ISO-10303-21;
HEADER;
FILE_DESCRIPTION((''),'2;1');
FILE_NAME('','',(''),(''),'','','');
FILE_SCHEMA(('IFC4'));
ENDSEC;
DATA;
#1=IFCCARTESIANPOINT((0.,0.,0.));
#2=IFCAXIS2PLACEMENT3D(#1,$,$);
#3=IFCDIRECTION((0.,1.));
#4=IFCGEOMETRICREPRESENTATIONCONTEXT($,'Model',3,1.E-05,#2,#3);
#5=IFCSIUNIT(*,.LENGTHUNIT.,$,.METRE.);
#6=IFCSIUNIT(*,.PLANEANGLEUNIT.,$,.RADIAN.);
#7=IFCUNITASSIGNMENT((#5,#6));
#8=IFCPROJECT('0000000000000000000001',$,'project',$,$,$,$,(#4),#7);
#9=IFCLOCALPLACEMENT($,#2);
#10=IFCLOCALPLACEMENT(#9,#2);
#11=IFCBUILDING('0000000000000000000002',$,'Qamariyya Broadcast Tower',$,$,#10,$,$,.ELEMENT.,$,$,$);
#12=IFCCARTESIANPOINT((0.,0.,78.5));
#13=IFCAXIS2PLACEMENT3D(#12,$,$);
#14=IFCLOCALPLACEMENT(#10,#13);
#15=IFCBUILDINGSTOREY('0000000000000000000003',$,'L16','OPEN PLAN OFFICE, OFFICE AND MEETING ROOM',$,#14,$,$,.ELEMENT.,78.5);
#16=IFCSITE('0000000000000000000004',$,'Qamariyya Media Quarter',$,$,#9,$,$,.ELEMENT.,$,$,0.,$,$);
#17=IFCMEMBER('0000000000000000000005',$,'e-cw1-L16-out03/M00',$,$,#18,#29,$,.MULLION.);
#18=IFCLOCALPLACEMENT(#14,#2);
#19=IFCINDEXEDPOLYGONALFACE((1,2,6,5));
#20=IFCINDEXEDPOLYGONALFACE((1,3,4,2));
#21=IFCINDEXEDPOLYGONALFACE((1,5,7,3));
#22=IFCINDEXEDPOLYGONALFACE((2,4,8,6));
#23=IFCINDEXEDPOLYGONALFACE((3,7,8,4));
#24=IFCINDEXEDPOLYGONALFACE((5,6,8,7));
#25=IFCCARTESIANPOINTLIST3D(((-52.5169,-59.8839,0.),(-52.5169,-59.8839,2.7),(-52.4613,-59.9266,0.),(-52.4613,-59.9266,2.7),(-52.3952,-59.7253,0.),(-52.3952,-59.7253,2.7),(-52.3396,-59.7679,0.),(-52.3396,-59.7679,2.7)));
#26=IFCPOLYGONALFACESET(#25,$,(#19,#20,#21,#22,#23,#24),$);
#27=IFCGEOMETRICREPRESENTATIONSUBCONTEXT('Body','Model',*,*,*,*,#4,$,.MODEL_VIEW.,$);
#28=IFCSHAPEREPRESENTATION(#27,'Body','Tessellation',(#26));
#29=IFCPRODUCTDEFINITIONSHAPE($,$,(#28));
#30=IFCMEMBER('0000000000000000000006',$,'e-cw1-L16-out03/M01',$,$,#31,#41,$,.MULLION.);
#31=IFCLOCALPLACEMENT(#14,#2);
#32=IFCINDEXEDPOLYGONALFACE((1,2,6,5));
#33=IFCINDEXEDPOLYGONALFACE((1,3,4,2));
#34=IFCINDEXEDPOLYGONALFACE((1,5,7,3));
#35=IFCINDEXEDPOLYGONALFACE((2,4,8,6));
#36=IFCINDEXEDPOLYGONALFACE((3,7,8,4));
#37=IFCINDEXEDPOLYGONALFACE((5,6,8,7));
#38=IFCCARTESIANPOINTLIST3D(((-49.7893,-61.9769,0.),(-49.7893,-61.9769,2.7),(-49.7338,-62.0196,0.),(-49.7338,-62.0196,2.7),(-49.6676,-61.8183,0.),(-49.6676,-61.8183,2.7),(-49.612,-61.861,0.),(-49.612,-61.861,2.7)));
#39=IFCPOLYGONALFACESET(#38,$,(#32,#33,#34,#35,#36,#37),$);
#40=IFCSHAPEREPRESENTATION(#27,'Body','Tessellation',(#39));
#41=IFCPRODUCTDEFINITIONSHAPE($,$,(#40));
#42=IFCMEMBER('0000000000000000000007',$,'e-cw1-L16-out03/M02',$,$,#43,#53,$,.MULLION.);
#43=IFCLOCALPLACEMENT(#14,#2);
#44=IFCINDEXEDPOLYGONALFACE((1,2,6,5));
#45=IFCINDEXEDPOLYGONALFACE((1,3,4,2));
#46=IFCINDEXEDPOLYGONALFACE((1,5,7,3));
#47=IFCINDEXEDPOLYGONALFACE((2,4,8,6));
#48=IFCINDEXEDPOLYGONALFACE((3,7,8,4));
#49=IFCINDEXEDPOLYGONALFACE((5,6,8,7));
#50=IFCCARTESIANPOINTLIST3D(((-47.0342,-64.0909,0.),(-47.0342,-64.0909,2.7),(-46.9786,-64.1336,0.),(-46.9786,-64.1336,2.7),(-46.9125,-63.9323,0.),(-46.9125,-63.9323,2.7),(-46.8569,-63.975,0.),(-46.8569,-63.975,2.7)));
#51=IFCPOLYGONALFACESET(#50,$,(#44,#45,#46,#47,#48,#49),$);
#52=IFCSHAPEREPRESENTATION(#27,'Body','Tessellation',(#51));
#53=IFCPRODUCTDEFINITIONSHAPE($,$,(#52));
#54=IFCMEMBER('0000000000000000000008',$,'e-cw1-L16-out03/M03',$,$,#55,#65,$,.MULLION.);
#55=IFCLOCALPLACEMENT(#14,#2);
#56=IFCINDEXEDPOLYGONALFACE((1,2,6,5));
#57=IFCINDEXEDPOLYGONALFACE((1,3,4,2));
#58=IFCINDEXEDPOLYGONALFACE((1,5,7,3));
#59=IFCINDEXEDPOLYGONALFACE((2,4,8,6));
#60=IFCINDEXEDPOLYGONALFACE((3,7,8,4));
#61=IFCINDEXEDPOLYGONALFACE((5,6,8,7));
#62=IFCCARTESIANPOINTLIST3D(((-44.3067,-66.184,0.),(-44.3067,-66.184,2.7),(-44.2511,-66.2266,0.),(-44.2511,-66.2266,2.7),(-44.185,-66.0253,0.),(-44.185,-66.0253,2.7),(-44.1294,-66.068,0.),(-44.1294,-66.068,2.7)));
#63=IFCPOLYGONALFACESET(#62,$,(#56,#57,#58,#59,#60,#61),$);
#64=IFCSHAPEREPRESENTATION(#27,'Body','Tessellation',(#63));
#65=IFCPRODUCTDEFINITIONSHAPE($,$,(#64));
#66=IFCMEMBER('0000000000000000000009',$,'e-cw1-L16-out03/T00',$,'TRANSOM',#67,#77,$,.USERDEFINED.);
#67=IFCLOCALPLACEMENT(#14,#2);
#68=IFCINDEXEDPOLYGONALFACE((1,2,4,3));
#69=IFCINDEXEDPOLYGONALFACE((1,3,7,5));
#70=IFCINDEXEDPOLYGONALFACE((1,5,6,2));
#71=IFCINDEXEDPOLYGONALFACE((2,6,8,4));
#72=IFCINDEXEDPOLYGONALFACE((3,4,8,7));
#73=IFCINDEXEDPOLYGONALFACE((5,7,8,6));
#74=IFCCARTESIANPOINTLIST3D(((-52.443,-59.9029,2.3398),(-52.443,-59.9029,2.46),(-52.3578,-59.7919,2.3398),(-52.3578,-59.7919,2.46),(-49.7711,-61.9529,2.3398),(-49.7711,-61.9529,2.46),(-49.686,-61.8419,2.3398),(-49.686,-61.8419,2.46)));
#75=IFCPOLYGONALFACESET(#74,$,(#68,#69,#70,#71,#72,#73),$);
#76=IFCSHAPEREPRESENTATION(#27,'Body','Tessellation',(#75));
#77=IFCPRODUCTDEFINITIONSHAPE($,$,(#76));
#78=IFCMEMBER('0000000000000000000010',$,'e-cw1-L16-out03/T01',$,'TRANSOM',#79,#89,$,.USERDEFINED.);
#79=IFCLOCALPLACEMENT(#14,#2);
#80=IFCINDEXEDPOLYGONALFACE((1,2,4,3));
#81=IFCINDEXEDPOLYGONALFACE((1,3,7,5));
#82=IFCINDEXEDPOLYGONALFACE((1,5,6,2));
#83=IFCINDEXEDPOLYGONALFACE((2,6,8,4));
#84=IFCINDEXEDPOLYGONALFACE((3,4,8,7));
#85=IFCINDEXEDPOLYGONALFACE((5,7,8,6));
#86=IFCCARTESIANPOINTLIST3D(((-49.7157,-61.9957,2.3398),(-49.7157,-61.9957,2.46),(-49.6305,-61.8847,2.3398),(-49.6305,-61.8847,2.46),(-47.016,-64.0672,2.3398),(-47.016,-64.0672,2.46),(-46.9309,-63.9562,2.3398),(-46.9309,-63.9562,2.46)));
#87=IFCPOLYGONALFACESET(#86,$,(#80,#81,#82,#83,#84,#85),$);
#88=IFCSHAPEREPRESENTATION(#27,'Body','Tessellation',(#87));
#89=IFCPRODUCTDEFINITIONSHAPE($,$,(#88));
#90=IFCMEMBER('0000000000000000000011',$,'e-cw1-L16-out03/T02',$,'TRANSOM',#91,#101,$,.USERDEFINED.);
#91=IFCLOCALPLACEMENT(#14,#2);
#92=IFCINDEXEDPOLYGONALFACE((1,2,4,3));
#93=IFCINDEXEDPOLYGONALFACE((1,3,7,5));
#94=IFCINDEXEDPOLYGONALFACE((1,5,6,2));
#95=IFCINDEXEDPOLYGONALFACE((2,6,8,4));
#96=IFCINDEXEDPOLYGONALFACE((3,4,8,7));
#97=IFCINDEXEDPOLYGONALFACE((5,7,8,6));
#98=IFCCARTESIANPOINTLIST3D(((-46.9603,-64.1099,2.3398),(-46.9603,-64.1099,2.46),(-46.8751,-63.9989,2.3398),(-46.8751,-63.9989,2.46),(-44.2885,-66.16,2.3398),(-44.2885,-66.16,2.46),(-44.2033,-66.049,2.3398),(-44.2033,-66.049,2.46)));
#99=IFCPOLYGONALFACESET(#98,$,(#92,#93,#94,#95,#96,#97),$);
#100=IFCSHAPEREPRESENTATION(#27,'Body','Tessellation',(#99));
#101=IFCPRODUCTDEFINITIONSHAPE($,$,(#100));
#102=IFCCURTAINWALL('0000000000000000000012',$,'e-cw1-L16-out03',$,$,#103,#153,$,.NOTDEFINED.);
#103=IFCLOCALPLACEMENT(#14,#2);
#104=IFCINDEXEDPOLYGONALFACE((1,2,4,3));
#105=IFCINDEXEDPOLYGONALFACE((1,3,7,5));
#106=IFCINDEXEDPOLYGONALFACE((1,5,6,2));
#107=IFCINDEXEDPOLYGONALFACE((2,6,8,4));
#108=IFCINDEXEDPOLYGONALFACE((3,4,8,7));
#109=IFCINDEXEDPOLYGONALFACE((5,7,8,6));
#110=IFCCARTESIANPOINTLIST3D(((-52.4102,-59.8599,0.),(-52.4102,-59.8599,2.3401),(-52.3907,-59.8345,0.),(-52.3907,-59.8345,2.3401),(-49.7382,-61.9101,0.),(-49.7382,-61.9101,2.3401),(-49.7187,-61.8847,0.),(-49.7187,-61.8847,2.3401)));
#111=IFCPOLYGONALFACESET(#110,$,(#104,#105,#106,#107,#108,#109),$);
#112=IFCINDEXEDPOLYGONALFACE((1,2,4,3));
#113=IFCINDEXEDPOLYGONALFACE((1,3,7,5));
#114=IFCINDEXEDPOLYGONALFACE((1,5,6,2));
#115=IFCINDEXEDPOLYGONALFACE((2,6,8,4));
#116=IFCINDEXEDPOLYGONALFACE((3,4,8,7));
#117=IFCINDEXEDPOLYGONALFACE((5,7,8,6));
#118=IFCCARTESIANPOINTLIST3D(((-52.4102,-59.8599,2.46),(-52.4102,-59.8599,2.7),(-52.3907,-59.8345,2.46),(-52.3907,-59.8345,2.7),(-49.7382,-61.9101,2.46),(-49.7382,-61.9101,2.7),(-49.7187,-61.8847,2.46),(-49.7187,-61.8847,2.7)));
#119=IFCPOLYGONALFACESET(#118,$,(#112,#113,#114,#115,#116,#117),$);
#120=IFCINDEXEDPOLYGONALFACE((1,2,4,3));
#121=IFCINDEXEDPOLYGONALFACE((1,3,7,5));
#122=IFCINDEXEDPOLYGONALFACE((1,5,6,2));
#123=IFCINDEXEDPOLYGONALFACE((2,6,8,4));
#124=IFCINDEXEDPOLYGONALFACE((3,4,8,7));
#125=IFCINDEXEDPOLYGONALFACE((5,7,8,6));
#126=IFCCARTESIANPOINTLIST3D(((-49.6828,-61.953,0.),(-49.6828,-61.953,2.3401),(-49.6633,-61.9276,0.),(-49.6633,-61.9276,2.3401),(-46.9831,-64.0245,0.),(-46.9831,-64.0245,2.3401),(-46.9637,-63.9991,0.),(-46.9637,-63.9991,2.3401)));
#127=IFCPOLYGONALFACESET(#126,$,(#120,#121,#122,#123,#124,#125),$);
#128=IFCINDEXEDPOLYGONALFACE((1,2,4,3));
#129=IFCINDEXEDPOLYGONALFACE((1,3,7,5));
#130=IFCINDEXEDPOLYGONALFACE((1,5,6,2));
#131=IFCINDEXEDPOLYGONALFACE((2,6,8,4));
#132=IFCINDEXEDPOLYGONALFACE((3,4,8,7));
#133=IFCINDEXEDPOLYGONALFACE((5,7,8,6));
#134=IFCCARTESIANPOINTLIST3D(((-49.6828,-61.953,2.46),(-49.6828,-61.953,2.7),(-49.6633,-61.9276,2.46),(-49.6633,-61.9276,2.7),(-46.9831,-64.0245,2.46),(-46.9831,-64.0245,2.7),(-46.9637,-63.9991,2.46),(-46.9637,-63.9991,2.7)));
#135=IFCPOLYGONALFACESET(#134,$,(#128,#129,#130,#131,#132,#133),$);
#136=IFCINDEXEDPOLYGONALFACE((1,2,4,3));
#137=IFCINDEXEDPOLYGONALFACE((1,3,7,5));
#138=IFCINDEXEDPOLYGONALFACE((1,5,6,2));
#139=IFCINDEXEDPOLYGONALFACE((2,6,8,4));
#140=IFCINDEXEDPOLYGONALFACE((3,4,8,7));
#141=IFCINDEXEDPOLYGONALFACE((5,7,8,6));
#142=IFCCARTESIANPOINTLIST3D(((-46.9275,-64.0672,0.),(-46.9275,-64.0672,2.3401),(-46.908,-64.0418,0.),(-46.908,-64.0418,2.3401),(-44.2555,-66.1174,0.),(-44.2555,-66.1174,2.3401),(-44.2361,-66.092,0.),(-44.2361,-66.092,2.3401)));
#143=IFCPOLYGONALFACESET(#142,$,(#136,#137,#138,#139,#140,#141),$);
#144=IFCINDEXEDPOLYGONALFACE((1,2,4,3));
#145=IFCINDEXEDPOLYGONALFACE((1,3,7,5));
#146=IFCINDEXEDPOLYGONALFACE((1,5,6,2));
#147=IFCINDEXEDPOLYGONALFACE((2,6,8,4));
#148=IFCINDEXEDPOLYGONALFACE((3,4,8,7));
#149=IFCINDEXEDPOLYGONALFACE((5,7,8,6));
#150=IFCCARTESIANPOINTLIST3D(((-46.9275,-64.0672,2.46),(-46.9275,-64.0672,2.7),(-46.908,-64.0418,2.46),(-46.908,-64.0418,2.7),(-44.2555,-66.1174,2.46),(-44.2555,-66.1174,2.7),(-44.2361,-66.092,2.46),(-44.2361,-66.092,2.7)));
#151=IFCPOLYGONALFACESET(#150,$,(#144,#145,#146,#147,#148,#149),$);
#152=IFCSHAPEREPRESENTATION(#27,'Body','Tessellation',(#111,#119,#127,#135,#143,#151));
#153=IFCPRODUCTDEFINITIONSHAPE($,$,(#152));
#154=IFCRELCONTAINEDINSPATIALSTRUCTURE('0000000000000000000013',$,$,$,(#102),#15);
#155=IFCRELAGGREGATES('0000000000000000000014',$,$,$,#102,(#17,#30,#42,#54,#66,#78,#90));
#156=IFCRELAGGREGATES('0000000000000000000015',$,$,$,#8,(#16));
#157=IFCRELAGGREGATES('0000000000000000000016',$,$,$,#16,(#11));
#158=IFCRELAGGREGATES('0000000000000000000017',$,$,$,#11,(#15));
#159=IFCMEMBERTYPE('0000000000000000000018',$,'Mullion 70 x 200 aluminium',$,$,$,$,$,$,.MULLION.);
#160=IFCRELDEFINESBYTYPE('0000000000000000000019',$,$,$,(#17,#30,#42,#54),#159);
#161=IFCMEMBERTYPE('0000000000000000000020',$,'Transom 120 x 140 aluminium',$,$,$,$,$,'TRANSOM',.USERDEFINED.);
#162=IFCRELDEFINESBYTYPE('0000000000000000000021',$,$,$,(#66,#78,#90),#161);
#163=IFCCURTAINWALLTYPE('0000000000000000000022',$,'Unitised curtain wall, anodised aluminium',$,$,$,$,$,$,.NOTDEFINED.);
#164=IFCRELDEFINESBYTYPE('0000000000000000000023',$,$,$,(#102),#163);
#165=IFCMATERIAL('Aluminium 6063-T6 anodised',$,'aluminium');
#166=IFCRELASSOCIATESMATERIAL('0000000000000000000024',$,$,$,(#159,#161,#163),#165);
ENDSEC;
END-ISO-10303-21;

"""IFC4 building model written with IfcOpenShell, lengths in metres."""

from ifc_helpers import new_model, si_unit, direction, frame, origin, origin_2d, place, context, subcontext, project, spatial, rectangle, extrude, material, material_profile, profile_set, type_object, element, aggregate, save


model = new_model("IFC4")

# Units and contexts
model_context = context("Model", 3, precision=1e-05, world=origin(), true_north=direction((0.0, 1.0)))
body_context = subcontext(model_context, "Body", "Model", "MODEL_VIEW")
ifc_project = project(units=[si_unit("LENGTHUNIT", "METRE"), si_unit("PLANEANGLEUNIT", "RADIAN")], contexts=[model_context])

# Members
ifc_material = material(Name="Aluminium 6063-T6 anodised", Category="aluminium")
ifc_material_profile_1 = material_profile(ifc_material, rectangle(XDim=0.2, YDim=0.0701, at=origin_2d()))
ifc_profile_set_1 = profile_set([ifc_material_profile_1], Name="Aluminium 6063-T6 anodised")
member_type_1 = type_object("IfcMemberType", Name="Mullion 70 x 200 aluminium", PredefinedType="MULLION", material=ifc_profile_set_1)
site_placement = place(None, origin())
building_placement = place(site_placement, origin())
storey_placement = place(building_placement, frame((0.0, 0.0, 78.5)))
member_1_placement = place(storey_placement, frame((-52.4282, -59.8259, 0.0), z_axis=(0.0, 0.0, 1.0), x_axis=(0.608761, 0.793353, 0.0)))
member_1 = element("IfcMember", 1, at=member_1_placement, type_object=member_type_1, Name="e-cw1-L16-out03/M00", PredefinedType="MULLION", context=body_context, shape_type="SweptSolid", body=[
    extrude(rectangle(XDim=0.2, YDim=0.0701, at=origin_2d()), origin(), (0.0, 0.0, 1.0), 2.7),
])
member_2_placement = place(storey_placement, frame((-49.7007, -61.9189, 0.0), z_axis=(0.0, 0.0, 1.0), x_axis=(0.608761, 0.793353, 0.0)))
member_2 = element("IfcMember", 2, at=member_2_placement, type_object=member_type_1, Name="e-cw1-L16-out03/M01", PredefinedType="MULLION", context=body_context, shape_type="SweptSolid", body=[
    extrude(rectangle(XDim=0.2, YDim=0.0701, at=origin_2d()), origin(), (0.0, 0.0, 1.0), 2.7),
])
member_3_placement = place(storey_placement, frame((-46.9456, -64.033, 0.0), z_axis=(0.0, 0.0, 1.0), x_axis=(0.608761, 0.793353, 0.0)))
member_3 = element("IfcMember", 3, at=member_3_placement, type_object=member_type_1, Name="e-cw1-L16-out03/M02", PredefinedType="MULLION", context=body_context, shape_type="SweptSolid", body=[
    extrude(rectangle(XDim=0.2, YDim=0.0701, at=origin_2d()), origin(), (0.0, 0.0, 1.0), 2.7),
])
member_4_placement = place(storey_placement, frame((-44.218, -66.126, 0.0), z_axis=(0.0, 0.0, 1.0), x_axis=(0.608761, 0.793353, 0.0)))
member_4 = element("IfcMember", 4, at=member_4_placement, type_object=member_type_1, Name="e-cw1-L16-out03/M03", PredefinedType="MULLION", context=body_context, shape_type="SweptSolid", body=[
    extrude(rectangle(XDim=0.2, YDim=0.0701, at=origin_2d()), origin(), (0.0, 0.0, 1.0), 2.7),
])
ifc_material_profile_2 = material_profile(ifc_material, rectangle(XDim=0.1399, YDim=0.1201, at=origin_2d()))
ifc_profile_set_2 = profile_set([ifc_material_profile_2], Name="Aluminium 6063-T6 anodised")
member_type_2 = type_object("IfcMemberType", Name="Transom 120 x 140 aluminium", ElementType="TRANSOM", PredefinedType="USERDEFINED", material=ifc_profile_set_2)
member_5_placement = place(storey_placement, frame((-52.4004, -59.8474, 2.3999), z_axis=(0.793375, -0.608733, 0.0), x_axis=(0.608733, 0.793375, 0.0)))
member_5 = element("IfcMember", 5, at=member_5_placement, type_object=member_type_2, Name="e-cw1-L16-out03/T00", ObjectType="TRANSOM", PredefinedType="USERDEFINED", context=body_context, shape_type="SweptSolid", body=[
    extrude(rectangle(XDim=0.1399, YDim=0.1201, at=origin_2d()), origin(), (0.0, 0.0, 1.0), 3.3677),
])
member_6_placement = place(storey_placement, frame((-49.6731, -61.9402, 2.3999), z_axis=(0.793357, -0.608757, 0.0), x_axis=(0.608757, 0.793357, 0.0)))
member_6 = element("IfcMember", 6, at=member_6_placement, type_object=member_type_2, Name="e-cw1-L16-out03/T01", ObjectType="TRANSOM", PredefinedType="USERDEFINED", context=body_context, shape_type="SweptSolid", body=[
    extrude(rectangle(XDim=0.1399, YDim=0.1201, at=origin_2d()), origin(), (0.0, 0.0, 1.0), 3.4028),
])
member_7_placement = place(storey_placement, frame((-46.9177, -64.0544, 2.3999), z_axis=(0.793375, -0.608733, 0.0), x_axis=(0.608733, 0.793375, 0.0)))
member_7 = element("IfcMember", 7, at=member_7_placement, type_object=member_type_2, Name="e-cw1-L16-out03/T02", ObjectType="TRANSOM", PredefinedType="USERDEFINED", context=body_context, shape_type="SweptSolid", body=[
    extrude(rectangle(XDim=0.1399, YDim=0.1201, at=origin_2d()), origin(), (0.0, 0.0, 1.0), 3.3677),
])

# Site, building, storey
site = spatial("IfcSite", under=ifc_project, at=site_placement, Name="Qamariyya Media Quarter", CompositionType="ELEMENT", RefElevation=0.0)
building = spatial("IfcBuilding", under=site, at=building_placement, Name="Qamariyya Broadcast Tower", CompositionType="ELEMENT")
storey = spatial("IfcBuildingStorey", under=building, at=storey_placement, Name="L16", Description="OPEN PLAN OFFICE, OFFICE AND MEETING ROOM", CompositionType="ELEMENT", Elevation=78.5)

# Curtain wall
curtain_wall_type = type_object("IfcCurtainWallType", Name="Unitised curtain wall, anodised aluminium", PredefinedType="NOTDEFINED", material=ifc_material)
curtain_wall_1_placement = place(storey_placement, origin())
curtain_wall_1 = element("IfcCurtainWall", 8, at=curtain_wall_1_placement, inside=storey, type_object=curtain_wall_type, Name="e-cw1-L16-out03", PredefinedType="NOTDEFINED", context=body_context, shape_type="SweptSolid", body=[
    extrude(rectangle(XDim=3.3679, YDim=0.032, at=origin_2d()), frame((-51.0645, -60.8723, 0.0), x_axis=(0.793358, -0.608756, 0.0)), (0.0, 0.0, 1.0), 2.3401),
    extrude(rectangle(XDim=3.3679, YDim=0.032, at=origin_2d()), frame((-51.0645, -60.8723, 2.46), x_axis=(0.793358, -0.608756, 0.0)), (0.0, 0.0, 1.0), 0.24),
    extrude(rectangle(XDim=3.4028, YDim=0.032, at=origin_2d()), frame((-48.3232, -62.9761, 0.0), x_axis=(0.793358, -0.608756, 0.0)), (0.0, 0.0, 1.0), 2.3401),
    extrude(rectangle(XDim=3.4028, YDim=0.032, at=origin_2d()), frame((-48.3232, -62.9761, 2.46), x_axis=(0.793358, -0.608756, 0.0)), (0.0, 0.0, 1.0), 0.24),
    extrude(rectangle(XDim=3.3679, YDim=0.032, at=origin_2d()), frame((-45.5818, -65.0796, 0.0), x_axis=(0.793358, -0.608756, 0.0)), (0.0, 0.0, 1.0), 2.3401),
    extrude(rectangle(XDim=3.3679, YDim=0.032, at=origin_2d()), frame((-45.5818, -65.0796, 2.46), x_axis=(0.793358, -0.608756, 0.0)), (0.0, 0.0, 1.0), 0.24),
])
aggregate(curtain_wall_1, [member_1, member_2, member_3, member_4, member_5, member_6, member_7])

save(model, "model.ifc")
